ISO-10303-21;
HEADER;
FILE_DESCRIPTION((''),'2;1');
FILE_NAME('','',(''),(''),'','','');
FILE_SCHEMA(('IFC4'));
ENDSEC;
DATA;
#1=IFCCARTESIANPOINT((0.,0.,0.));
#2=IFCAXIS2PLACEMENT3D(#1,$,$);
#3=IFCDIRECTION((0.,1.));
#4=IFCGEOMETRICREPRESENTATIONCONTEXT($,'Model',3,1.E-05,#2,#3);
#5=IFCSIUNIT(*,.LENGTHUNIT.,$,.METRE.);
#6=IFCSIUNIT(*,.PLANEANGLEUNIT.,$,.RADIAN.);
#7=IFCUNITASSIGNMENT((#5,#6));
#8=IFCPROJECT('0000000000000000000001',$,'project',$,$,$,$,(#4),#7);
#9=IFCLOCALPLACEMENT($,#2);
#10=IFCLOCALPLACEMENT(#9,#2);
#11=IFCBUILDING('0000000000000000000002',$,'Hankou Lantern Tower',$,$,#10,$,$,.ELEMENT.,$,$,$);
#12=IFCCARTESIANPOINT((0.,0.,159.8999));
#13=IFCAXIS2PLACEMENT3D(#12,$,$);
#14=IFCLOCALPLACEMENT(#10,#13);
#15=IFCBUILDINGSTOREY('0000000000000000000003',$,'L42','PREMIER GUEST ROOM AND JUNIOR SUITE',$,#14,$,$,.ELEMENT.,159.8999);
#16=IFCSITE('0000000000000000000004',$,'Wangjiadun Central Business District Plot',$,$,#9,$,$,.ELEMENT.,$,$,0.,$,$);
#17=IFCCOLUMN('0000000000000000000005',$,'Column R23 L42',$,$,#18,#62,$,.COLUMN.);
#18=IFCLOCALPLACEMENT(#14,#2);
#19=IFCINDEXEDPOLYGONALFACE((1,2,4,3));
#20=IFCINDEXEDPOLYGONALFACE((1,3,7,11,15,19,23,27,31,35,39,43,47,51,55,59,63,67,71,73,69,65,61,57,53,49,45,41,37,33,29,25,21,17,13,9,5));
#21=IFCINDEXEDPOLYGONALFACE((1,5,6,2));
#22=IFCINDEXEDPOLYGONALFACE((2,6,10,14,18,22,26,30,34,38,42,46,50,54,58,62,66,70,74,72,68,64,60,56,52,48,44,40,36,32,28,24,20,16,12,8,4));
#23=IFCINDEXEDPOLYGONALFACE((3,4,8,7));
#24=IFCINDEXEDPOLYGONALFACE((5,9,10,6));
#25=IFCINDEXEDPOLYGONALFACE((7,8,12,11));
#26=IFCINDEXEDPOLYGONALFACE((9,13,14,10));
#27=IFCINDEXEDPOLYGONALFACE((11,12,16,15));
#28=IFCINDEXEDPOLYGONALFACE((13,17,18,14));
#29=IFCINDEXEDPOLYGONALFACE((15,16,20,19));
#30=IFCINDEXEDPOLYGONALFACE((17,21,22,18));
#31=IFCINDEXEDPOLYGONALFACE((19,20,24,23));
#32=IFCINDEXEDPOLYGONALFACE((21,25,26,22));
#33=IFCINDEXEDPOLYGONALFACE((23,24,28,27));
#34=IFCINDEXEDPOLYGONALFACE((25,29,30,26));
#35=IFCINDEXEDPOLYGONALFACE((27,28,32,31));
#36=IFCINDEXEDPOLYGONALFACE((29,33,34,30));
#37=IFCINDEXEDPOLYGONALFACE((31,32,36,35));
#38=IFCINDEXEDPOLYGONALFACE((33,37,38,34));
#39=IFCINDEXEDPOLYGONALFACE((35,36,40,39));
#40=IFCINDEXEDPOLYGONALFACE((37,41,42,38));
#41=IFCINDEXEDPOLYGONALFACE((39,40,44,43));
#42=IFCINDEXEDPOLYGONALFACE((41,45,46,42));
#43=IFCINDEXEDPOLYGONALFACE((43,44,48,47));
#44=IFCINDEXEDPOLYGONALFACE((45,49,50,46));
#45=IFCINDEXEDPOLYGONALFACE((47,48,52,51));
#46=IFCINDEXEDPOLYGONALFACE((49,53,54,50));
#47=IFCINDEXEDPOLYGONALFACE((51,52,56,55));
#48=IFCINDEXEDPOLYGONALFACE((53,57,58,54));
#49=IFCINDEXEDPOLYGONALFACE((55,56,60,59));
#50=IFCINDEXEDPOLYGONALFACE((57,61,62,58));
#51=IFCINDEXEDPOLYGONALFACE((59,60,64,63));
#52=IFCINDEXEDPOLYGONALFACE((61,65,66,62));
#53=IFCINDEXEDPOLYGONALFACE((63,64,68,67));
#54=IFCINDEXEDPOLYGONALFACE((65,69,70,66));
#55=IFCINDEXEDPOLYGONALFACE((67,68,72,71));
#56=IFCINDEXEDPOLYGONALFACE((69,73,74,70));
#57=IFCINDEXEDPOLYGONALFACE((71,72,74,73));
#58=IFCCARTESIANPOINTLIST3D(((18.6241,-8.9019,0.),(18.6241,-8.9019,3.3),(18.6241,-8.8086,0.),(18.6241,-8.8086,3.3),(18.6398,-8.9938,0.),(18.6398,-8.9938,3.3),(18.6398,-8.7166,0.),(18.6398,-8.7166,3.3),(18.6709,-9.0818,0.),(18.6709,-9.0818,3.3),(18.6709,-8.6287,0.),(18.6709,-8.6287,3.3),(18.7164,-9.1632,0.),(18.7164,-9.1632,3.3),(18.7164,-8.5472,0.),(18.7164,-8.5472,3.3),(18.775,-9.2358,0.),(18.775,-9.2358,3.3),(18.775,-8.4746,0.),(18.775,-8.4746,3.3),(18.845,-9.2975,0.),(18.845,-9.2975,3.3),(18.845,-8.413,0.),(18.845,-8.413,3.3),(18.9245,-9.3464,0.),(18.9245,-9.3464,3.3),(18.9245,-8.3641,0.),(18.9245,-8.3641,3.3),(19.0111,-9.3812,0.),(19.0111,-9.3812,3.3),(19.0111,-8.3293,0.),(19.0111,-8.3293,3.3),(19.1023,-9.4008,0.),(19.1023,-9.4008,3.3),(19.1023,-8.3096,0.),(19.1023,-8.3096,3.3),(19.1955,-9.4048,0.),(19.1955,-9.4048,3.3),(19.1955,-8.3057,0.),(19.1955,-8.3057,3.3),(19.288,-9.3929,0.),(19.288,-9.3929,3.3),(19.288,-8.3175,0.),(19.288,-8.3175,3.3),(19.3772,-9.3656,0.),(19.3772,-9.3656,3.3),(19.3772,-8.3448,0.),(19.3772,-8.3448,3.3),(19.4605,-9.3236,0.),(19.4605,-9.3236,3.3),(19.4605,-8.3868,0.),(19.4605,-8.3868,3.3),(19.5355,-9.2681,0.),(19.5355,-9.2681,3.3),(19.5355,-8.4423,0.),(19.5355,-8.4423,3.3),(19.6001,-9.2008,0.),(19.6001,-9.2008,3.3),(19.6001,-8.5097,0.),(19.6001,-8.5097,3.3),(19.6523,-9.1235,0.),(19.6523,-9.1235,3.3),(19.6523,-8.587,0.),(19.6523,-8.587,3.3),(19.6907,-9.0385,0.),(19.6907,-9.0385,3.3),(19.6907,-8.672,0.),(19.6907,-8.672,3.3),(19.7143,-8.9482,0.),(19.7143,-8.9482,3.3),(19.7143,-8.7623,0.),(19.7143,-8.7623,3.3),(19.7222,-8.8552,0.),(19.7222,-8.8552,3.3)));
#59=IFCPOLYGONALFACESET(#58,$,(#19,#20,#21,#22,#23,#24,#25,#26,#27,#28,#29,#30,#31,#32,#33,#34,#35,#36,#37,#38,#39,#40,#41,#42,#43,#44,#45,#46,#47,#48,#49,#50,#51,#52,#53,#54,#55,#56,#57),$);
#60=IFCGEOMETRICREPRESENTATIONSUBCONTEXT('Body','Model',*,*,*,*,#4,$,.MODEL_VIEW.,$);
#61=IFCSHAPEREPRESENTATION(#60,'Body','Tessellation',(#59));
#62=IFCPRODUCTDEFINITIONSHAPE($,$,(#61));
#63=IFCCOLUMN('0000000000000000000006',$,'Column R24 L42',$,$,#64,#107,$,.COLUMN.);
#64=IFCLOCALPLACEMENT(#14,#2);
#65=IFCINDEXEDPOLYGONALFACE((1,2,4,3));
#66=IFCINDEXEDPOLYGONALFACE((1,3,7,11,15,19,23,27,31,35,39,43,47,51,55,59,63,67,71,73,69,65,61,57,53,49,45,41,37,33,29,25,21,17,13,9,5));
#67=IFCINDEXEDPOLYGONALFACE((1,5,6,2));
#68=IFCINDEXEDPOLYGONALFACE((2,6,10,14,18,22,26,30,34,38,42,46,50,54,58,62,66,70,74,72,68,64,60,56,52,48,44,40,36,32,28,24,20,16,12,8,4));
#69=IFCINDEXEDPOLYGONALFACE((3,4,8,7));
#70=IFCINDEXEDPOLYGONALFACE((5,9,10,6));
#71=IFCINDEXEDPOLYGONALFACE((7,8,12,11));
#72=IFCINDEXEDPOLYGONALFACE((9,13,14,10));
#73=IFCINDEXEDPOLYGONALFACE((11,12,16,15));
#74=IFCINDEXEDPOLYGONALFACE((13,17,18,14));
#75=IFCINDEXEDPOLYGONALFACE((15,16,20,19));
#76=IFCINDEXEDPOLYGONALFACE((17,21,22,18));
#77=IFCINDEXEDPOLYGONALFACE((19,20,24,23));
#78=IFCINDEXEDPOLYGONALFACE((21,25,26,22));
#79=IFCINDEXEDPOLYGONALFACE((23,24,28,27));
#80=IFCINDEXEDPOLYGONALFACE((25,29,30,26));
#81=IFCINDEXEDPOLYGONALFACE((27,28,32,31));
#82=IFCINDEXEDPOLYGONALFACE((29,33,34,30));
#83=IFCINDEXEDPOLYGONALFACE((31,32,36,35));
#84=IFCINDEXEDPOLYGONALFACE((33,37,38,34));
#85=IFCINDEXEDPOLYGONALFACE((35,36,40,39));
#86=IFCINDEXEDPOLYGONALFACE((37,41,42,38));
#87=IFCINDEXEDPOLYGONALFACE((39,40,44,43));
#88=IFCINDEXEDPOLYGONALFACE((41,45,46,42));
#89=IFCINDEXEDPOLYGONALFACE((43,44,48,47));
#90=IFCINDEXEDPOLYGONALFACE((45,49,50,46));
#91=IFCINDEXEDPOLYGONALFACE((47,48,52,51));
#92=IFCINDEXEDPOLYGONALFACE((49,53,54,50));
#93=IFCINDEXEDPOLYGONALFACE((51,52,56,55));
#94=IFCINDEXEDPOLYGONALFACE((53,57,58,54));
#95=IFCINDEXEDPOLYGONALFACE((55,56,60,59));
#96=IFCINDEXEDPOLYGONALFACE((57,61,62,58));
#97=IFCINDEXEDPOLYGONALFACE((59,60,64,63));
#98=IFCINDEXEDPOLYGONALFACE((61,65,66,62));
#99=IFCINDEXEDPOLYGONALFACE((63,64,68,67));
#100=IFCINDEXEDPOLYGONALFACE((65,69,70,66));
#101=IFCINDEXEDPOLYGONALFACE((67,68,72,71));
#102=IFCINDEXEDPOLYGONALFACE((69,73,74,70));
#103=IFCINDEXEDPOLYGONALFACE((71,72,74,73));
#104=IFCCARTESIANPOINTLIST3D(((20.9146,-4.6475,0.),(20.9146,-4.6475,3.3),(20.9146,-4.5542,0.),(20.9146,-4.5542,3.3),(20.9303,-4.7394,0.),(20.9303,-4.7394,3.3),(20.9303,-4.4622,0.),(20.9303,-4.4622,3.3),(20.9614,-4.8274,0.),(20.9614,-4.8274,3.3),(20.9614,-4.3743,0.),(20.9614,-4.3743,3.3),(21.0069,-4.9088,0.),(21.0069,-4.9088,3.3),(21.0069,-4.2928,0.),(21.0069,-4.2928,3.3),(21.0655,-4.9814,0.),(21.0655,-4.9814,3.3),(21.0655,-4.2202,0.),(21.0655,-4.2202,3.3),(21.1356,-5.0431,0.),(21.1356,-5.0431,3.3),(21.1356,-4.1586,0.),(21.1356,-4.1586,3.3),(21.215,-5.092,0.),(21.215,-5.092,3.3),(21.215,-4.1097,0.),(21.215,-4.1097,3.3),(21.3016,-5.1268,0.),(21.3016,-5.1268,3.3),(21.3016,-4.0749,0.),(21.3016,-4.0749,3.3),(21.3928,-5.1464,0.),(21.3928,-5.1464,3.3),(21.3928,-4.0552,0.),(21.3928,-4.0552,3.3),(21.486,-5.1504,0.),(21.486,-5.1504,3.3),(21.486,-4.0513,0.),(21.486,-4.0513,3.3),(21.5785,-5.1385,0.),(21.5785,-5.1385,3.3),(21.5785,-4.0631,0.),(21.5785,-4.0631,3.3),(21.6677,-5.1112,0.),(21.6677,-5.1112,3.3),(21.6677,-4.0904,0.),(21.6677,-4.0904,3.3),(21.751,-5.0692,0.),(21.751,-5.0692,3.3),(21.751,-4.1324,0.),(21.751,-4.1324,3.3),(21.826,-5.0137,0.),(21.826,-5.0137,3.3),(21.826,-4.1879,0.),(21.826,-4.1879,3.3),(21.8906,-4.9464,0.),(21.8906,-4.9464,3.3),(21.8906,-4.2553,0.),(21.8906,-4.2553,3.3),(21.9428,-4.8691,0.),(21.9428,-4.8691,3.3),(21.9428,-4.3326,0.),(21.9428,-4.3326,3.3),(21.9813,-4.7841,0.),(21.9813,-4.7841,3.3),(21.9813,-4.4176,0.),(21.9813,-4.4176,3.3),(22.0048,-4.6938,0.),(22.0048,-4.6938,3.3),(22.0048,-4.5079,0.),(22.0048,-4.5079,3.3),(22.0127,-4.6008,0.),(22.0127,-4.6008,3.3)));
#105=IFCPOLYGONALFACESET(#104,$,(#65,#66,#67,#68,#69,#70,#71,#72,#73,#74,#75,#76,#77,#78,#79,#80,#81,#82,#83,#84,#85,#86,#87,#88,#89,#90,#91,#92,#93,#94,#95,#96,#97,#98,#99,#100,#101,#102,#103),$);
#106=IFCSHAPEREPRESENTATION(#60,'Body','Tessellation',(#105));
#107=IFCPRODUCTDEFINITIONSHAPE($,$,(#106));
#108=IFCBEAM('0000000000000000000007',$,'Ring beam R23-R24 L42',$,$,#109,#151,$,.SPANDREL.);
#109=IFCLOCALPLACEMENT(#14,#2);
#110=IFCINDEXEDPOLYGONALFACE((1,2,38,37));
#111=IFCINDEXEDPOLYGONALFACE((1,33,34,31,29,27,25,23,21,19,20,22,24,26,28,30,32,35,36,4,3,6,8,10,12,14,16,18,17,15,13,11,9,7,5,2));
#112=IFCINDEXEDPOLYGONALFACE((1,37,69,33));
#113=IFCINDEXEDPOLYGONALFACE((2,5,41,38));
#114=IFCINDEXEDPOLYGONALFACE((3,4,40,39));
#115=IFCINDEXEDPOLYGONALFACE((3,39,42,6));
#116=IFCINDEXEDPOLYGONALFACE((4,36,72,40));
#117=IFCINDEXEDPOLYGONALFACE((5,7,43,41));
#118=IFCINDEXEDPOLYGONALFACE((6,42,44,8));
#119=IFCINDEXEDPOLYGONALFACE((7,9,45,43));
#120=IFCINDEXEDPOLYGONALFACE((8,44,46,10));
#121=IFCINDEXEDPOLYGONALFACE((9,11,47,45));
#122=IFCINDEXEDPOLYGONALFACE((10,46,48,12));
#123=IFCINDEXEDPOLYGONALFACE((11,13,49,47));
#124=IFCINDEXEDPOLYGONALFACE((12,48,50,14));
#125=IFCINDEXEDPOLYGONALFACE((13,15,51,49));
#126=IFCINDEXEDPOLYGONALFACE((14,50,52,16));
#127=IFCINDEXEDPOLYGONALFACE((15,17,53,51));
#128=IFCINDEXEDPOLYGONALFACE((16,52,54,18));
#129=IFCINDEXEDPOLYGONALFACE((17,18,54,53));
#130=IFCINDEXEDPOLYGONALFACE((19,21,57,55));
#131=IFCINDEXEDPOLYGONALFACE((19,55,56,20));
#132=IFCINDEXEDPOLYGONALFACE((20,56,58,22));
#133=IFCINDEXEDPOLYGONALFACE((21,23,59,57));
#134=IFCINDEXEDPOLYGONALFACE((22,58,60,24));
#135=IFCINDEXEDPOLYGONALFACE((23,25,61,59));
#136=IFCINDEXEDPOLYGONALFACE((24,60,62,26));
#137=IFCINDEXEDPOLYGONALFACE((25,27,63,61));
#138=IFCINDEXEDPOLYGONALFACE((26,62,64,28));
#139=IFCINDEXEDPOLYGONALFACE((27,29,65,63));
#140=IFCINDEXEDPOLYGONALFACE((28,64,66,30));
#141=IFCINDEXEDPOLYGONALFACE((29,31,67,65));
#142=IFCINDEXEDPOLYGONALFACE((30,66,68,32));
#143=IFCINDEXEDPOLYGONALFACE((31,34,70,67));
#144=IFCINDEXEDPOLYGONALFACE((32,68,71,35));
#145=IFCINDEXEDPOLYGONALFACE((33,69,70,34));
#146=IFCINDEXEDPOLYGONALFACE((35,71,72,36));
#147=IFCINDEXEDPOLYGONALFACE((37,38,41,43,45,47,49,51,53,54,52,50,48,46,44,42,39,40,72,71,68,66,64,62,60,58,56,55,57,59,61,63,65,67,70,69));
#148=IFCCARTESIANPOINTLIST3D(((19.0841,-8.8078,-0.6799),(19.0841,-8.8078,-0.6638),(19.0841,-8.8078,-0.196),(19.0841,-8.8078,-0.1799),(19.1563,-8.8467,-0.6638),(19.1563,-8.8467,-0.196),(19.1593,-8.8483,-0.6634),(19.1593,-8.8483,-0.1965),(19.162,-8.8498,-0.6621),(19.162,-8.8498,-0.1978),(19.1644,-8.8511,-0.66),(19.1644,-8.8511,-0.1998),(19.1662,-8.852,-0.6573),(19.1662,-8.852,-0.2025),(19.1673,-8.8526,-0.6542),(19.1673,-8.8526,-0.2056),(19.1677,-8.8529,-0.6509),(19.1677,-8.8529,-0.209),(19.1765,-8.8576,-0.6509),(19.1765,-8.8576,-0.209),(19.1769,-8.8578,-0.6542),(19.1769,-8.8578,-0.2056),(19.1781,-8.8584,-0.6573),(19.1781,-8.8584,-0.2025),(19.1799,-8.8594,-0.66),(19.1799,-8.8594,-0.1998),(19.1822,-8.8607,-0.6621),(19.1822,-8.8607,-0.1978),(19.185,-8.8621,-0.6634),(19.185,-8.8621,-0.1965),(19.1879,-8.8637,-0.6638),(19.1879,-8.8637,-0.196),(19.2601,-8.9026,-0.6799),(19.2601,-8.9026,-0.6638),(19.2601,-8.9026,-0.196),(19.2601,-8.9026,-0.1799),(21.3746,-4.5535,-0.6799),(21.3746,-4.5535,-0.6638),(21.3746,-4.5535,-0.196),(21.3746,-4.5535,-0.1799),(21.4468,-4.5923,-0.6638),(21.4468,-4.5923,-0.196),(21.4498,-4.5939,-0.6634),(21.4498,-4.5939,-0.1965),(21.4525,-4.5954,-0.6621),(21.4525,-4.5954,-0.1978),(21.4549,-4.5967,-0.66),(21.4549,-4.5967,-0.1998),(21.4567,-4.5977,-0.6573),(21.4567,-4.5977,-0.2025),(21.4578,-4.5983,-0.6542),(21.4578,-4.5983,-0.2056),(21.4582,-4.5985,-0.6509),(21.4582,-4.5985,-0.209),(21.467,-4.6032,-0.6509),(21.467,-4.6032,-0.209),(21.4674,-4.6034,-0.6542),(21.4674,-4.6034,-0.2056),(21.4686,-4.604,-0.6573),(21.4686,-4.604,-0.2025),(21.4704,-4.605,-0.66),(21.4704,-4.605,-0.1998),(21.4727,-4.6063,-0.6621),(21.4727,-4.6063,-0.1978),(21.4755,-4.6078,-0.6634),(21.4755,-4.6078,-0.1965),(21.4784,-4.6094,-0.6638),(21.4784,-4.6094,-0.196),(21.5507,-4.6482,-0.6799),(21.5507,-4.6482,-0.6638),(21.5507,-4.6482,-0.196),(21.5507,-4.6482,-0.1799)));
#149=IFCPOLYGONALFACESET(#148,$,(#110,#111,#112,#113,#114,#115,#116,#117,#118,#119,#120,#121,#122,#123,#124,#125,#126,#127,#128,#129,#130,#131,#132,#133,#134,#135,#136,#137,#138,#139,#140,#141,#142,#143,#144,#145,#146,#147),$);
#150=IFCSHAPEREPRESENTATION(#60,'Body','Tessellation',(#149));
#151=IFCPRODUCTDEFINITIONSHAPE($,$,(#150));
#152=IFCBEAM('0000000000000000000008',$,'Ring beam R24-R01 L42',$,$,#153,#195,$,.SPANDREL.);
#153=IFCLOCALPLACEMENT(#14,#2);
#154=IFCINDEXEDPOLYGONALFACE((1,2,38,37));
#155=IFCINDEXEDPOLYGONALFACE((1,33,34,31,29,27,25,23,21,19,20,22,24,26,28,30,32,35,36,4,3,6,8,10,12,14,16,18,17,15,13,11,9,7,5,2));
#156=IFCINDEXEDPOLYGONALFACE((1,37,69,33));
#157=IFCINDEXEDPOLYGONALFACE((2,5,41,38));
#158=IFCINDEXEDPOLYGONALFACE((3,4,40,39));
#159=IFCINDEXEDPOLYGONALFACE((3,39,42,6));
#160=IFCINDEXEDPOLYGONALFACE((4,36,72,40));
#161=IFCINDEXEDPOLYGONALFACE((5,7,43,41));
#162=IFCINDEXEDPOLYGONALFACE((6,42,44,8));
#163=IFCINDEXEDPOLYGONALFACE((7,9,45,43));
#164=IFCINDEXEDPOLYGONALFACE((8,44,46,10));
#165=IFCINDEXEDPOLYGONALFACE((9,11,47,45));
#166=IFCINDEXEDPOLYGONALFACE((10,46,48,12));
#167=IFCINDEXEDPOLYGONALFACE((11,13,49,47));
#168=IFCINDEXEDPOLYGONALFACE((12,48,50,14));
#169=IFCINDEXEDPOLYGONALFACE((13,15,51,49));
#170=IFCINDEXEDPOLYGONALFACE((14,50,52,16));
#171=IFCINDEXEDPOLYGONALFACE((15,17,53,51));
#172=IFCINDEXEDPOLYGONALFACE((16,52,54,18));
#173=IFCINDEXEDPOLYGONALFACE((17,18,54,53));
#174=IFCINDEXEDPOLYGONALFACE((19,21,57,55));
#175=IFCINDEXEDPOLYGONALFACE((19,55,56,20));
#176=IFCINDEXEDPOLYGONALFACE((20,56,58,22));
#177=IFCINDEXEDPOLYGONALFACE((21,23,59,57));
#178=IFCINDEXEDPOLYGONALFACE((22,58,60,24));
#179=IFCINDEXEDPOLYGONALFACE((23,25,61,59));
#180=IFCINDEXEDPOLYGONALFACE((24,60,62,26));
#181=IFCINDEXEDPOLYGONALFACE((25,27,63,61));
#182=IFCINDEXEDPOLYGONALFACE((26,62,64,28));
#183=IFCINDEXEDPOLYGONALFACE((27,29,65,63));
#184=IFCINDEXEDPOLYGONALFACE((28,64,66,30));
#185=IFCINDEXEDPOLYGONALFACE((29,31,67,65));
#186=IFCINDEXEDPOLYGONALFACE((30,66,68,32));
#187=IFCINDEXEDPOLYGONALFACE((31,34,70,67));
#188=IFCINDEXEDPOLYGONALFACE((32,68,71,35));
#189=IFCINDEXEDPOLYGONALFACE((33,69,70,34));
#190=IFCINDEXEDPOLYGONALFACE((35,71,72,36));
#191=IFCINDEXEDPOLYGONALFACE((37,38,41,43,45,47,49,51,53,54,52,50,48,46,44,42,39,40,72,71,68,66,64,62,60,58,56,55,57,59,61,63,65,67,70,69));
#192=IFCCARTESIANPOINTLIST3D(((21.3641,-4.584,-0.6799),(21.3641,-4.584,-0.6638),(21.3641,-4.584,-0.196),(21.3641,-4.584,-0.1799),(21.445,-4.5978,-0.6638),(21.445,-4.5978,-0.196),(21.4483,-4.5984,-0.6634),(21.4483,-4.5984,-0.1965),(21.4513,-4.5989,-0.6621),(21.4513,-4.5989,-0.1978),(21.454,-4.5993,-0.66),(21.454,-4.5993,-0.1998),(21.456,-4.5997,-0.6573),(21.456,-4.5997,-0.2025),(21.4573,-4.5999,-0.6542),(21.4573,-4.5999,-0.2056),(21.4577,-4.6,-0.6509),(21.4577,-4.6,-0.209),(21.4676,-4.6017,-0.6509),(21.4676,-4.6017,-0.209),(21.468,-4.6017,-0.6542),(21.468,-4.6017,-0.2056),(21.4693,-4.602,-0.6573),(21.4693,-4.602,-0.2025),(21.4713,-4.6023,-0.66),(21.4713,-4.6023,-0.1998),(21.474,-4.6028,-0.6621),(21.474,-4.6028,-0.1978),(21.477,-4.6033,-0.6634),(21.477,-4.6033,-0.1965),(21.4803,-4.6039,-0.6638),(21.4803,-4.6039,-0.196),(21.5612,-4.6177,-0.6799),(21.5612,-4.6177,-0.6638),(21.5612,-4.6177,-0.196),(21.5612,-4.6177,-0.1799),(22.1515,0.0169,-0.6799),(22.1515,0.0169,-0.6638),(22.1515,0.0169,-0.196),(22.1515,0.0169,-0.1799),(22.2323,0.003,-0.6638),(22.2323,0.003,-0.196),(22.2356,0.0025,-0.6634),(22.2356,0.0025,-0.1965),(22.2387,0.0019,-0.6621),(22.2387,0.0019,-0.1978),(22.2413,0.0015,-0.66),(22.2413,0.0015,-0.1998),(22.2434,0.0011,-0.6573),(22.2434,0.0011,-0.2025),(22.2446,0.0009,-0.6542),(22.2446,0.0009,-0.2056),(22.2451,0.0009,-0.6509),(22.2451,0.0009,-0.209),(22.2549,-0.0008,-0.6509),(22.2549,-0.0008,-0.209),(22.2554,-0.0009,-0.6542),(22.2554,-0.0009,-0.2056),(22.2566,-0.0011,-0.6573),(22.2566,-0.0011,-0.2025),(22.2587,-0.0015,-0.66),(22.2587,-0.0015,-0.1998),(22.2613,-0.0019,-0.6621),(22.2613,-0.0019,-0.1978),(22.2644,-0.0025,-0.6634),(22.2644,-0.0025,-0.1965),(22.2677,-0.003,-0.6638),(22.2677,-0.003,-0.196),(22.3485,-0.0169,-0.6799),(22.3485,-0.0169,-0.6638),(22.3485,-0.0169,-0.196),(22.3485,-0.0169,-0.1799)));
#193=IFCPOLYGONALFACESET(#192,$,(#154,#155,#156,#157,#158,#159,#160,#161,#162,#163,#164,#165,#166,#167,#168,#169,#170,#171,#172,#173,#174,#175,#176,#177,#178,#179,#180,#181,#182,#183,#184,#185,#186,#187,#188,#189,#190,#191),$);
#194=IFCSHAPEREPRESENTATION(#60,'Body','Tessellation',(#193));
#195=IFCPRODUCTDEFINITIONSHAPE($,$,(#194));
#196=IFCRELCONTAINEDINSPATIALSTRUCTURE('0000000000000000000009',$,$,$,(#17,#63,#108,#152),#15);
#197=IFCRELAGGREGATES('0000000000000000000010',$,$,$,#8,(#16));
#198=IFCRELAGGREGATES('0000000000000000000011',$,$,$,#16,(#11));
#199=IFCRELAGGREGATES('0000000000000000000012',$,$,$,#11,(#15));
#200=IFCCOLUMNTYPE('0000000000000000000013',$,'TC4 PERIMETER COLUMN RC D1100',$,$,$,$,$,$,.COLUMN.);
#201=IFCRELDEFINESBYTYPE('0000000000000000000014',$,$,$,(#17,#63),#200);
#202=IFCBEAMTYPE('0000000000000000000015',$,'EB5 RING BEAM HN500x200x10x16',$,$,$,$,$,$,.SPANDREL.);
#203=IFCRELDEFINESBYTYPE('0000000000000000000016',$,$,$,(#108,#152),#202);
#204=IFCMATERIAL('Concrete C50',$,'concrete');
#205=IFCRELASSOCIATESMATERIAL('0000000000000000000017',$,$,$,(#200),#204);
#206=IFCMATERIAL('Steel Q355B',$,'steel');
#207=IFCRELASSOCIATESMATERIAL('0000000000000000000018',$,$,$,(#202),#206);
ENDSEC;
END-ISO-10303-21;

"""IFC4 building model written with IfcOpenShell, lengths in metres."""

from ifc_helpers import new_model, si_unit, direction, frame, origin, origin_2d, place, context, subcontext, project, spatial, circle, i_section, extrude, material, material_profile, profile_set, type_object, element, save


model = new_model("IFC4")

# Units and contexts
model_context = context("Model", 3, precision=1e-05, world=origin(), true_north=direction((0.0, 1.0)))
body_context = subcontext(model_context, "Body", "Model", "MODEL_VIEW")
ifc_project = project(units=[si_unit("LENGTHUNIT", "METRE"), si_unit("PLANEANGLEUNIT", "RADIAN")], contexts=[model_context])

# Site, building, storey
site_placement = place(None, origin())
site = spatial("IfcSite", under=ifc_project, at=site_placement, Name="Wangjiadun Central Business District Plot", CompositionType="ELEMENT", RefElevation=0.0)
building_placement = place(site_placement, origin())
building = spatial("IfcBuilding", under=site, at=building_placement, Name="Hankou Lantern Tower", CompositionType="ELEMENT")
storey_placement = place(building_placement, frame((0.0, 0.0, 159.8999)))
storey = spatial("IfcBuildingStorey", under=building, at=storey_placement, Name="L42", Description="PREMIER GUEST ROOM AND JUNIOR SUITE", CompositionType="ELEMENT", Elevation=159.8999)

# Columns
ifc_material_1 = material(Name="Concrete C50", Category="concrete")
ifc_material_profile_1 = material_profile(ifc_material_1, circle(Radius=0.55, at=origin_2d()), Name="RC D1100")
ifc_profile_set_1 = profile_set([ifc_material_profile_1], Name="Concrete C50")
column_type = type_object("IfcColumnType", Name="TC4 PERIMETER COLUMN RC D1100", PredefinedType="COLUMN", material=ifc_profile_set_1)
for number, where, z_axis, x_axis, name in (
    (1, (19.1721, -8.8552, 0.0), (0.0, 0.0, 1.0), (1.0, 0.0, 0.0), "Column R23 L42"),
    (2, (21.4626, -4.6008, 0.0), (0.0, 0.0, 1.0), (1.0, 0.0, 0.0), "Column R24 L42"),
):
    element("IfcColumn", number, at=place(storey_placement, frame(where, z_axis=z_axis, x_axis=x_axis)), inside=storey, type_object=column_type, Name=name, PredefinedType="COLUMN", context=body_context, shape_type="SweptSolid", body=[
        extrude(circle(Radius=0.55, at=origin_2d()), origin(), (0.0, 0.0, 1.0), 3.3),
    ])

# Beams
ifc_material_2 = material(Name="Steel Q355B", Category="steel")
ifc_material_profile_2 = material_profile(ifc_material_2, i_section(OverallWidth=0.2, OverallDepth=0.5, WebThickness=0.01, FlangeThickness=0.0161, FilletRadius=0.0129, at=origin_2d()), Name="HN500x200x10x16")
ifc_profile_set_2 = profile_set([ifc_material_profile_2], Name="Steel Q355B")
beam_type_1 = type_object("IfcBeamType", Name="EB5 RING BEAM HN500x200x10x16", PredefinedType="SPANDREL", material=ifc_profile_set_2)
beam_1_placement = place(storey_placement, frame((19.1721, -8.8552, -0.4299), z_axis=(0.474052, 0.880497, 0.0), x_axis=(-0.880497, 0.474052, 0.0)))
element("IfcBeam", 3, at=beam_1_placement, inside=storey, type_object=beam_type_1, Name="Ring beam R23-R24 L42", PredefinedType="SPANDREL", context=body_context, shape_type="SweptSolid", body=[
    extrude(i_section(OverallWidth=0.2, OverallDepth=0.5, WebThickness=0.01, FlangeThickness=0.0161, FilletRadius=0.0129, at=origin_2d()), origin(), (0.0, 0.0, 1.0), 4.8318),
])
beam_2_placement = place(storey_placement, frame((21.4626, -4.6008, -0.4299), z_axis=(0.168681, 0.985671, 0.0), x_axis=(-0.985671, 0.168681, 0.0)))
element("IfcBeam", 4, at=beam_2_placement, inside=storey, type_object=beam_type_1, Name="Ring beam R24-R01 L42", PredefinedType="SPANDREL", context=body_context, shape_type="SweptSolid", body=[
    extrude(i_section(OverallWidth=0.2, OverallDepth=0.5, WebThickness=0.01, FlangeThickness=0.0161, FilletRadius=0.0129, at=origin_2d()), origin(), (0.0, 0.0, 1.0), 4.6677),
])

save(model, "model.ifc")
